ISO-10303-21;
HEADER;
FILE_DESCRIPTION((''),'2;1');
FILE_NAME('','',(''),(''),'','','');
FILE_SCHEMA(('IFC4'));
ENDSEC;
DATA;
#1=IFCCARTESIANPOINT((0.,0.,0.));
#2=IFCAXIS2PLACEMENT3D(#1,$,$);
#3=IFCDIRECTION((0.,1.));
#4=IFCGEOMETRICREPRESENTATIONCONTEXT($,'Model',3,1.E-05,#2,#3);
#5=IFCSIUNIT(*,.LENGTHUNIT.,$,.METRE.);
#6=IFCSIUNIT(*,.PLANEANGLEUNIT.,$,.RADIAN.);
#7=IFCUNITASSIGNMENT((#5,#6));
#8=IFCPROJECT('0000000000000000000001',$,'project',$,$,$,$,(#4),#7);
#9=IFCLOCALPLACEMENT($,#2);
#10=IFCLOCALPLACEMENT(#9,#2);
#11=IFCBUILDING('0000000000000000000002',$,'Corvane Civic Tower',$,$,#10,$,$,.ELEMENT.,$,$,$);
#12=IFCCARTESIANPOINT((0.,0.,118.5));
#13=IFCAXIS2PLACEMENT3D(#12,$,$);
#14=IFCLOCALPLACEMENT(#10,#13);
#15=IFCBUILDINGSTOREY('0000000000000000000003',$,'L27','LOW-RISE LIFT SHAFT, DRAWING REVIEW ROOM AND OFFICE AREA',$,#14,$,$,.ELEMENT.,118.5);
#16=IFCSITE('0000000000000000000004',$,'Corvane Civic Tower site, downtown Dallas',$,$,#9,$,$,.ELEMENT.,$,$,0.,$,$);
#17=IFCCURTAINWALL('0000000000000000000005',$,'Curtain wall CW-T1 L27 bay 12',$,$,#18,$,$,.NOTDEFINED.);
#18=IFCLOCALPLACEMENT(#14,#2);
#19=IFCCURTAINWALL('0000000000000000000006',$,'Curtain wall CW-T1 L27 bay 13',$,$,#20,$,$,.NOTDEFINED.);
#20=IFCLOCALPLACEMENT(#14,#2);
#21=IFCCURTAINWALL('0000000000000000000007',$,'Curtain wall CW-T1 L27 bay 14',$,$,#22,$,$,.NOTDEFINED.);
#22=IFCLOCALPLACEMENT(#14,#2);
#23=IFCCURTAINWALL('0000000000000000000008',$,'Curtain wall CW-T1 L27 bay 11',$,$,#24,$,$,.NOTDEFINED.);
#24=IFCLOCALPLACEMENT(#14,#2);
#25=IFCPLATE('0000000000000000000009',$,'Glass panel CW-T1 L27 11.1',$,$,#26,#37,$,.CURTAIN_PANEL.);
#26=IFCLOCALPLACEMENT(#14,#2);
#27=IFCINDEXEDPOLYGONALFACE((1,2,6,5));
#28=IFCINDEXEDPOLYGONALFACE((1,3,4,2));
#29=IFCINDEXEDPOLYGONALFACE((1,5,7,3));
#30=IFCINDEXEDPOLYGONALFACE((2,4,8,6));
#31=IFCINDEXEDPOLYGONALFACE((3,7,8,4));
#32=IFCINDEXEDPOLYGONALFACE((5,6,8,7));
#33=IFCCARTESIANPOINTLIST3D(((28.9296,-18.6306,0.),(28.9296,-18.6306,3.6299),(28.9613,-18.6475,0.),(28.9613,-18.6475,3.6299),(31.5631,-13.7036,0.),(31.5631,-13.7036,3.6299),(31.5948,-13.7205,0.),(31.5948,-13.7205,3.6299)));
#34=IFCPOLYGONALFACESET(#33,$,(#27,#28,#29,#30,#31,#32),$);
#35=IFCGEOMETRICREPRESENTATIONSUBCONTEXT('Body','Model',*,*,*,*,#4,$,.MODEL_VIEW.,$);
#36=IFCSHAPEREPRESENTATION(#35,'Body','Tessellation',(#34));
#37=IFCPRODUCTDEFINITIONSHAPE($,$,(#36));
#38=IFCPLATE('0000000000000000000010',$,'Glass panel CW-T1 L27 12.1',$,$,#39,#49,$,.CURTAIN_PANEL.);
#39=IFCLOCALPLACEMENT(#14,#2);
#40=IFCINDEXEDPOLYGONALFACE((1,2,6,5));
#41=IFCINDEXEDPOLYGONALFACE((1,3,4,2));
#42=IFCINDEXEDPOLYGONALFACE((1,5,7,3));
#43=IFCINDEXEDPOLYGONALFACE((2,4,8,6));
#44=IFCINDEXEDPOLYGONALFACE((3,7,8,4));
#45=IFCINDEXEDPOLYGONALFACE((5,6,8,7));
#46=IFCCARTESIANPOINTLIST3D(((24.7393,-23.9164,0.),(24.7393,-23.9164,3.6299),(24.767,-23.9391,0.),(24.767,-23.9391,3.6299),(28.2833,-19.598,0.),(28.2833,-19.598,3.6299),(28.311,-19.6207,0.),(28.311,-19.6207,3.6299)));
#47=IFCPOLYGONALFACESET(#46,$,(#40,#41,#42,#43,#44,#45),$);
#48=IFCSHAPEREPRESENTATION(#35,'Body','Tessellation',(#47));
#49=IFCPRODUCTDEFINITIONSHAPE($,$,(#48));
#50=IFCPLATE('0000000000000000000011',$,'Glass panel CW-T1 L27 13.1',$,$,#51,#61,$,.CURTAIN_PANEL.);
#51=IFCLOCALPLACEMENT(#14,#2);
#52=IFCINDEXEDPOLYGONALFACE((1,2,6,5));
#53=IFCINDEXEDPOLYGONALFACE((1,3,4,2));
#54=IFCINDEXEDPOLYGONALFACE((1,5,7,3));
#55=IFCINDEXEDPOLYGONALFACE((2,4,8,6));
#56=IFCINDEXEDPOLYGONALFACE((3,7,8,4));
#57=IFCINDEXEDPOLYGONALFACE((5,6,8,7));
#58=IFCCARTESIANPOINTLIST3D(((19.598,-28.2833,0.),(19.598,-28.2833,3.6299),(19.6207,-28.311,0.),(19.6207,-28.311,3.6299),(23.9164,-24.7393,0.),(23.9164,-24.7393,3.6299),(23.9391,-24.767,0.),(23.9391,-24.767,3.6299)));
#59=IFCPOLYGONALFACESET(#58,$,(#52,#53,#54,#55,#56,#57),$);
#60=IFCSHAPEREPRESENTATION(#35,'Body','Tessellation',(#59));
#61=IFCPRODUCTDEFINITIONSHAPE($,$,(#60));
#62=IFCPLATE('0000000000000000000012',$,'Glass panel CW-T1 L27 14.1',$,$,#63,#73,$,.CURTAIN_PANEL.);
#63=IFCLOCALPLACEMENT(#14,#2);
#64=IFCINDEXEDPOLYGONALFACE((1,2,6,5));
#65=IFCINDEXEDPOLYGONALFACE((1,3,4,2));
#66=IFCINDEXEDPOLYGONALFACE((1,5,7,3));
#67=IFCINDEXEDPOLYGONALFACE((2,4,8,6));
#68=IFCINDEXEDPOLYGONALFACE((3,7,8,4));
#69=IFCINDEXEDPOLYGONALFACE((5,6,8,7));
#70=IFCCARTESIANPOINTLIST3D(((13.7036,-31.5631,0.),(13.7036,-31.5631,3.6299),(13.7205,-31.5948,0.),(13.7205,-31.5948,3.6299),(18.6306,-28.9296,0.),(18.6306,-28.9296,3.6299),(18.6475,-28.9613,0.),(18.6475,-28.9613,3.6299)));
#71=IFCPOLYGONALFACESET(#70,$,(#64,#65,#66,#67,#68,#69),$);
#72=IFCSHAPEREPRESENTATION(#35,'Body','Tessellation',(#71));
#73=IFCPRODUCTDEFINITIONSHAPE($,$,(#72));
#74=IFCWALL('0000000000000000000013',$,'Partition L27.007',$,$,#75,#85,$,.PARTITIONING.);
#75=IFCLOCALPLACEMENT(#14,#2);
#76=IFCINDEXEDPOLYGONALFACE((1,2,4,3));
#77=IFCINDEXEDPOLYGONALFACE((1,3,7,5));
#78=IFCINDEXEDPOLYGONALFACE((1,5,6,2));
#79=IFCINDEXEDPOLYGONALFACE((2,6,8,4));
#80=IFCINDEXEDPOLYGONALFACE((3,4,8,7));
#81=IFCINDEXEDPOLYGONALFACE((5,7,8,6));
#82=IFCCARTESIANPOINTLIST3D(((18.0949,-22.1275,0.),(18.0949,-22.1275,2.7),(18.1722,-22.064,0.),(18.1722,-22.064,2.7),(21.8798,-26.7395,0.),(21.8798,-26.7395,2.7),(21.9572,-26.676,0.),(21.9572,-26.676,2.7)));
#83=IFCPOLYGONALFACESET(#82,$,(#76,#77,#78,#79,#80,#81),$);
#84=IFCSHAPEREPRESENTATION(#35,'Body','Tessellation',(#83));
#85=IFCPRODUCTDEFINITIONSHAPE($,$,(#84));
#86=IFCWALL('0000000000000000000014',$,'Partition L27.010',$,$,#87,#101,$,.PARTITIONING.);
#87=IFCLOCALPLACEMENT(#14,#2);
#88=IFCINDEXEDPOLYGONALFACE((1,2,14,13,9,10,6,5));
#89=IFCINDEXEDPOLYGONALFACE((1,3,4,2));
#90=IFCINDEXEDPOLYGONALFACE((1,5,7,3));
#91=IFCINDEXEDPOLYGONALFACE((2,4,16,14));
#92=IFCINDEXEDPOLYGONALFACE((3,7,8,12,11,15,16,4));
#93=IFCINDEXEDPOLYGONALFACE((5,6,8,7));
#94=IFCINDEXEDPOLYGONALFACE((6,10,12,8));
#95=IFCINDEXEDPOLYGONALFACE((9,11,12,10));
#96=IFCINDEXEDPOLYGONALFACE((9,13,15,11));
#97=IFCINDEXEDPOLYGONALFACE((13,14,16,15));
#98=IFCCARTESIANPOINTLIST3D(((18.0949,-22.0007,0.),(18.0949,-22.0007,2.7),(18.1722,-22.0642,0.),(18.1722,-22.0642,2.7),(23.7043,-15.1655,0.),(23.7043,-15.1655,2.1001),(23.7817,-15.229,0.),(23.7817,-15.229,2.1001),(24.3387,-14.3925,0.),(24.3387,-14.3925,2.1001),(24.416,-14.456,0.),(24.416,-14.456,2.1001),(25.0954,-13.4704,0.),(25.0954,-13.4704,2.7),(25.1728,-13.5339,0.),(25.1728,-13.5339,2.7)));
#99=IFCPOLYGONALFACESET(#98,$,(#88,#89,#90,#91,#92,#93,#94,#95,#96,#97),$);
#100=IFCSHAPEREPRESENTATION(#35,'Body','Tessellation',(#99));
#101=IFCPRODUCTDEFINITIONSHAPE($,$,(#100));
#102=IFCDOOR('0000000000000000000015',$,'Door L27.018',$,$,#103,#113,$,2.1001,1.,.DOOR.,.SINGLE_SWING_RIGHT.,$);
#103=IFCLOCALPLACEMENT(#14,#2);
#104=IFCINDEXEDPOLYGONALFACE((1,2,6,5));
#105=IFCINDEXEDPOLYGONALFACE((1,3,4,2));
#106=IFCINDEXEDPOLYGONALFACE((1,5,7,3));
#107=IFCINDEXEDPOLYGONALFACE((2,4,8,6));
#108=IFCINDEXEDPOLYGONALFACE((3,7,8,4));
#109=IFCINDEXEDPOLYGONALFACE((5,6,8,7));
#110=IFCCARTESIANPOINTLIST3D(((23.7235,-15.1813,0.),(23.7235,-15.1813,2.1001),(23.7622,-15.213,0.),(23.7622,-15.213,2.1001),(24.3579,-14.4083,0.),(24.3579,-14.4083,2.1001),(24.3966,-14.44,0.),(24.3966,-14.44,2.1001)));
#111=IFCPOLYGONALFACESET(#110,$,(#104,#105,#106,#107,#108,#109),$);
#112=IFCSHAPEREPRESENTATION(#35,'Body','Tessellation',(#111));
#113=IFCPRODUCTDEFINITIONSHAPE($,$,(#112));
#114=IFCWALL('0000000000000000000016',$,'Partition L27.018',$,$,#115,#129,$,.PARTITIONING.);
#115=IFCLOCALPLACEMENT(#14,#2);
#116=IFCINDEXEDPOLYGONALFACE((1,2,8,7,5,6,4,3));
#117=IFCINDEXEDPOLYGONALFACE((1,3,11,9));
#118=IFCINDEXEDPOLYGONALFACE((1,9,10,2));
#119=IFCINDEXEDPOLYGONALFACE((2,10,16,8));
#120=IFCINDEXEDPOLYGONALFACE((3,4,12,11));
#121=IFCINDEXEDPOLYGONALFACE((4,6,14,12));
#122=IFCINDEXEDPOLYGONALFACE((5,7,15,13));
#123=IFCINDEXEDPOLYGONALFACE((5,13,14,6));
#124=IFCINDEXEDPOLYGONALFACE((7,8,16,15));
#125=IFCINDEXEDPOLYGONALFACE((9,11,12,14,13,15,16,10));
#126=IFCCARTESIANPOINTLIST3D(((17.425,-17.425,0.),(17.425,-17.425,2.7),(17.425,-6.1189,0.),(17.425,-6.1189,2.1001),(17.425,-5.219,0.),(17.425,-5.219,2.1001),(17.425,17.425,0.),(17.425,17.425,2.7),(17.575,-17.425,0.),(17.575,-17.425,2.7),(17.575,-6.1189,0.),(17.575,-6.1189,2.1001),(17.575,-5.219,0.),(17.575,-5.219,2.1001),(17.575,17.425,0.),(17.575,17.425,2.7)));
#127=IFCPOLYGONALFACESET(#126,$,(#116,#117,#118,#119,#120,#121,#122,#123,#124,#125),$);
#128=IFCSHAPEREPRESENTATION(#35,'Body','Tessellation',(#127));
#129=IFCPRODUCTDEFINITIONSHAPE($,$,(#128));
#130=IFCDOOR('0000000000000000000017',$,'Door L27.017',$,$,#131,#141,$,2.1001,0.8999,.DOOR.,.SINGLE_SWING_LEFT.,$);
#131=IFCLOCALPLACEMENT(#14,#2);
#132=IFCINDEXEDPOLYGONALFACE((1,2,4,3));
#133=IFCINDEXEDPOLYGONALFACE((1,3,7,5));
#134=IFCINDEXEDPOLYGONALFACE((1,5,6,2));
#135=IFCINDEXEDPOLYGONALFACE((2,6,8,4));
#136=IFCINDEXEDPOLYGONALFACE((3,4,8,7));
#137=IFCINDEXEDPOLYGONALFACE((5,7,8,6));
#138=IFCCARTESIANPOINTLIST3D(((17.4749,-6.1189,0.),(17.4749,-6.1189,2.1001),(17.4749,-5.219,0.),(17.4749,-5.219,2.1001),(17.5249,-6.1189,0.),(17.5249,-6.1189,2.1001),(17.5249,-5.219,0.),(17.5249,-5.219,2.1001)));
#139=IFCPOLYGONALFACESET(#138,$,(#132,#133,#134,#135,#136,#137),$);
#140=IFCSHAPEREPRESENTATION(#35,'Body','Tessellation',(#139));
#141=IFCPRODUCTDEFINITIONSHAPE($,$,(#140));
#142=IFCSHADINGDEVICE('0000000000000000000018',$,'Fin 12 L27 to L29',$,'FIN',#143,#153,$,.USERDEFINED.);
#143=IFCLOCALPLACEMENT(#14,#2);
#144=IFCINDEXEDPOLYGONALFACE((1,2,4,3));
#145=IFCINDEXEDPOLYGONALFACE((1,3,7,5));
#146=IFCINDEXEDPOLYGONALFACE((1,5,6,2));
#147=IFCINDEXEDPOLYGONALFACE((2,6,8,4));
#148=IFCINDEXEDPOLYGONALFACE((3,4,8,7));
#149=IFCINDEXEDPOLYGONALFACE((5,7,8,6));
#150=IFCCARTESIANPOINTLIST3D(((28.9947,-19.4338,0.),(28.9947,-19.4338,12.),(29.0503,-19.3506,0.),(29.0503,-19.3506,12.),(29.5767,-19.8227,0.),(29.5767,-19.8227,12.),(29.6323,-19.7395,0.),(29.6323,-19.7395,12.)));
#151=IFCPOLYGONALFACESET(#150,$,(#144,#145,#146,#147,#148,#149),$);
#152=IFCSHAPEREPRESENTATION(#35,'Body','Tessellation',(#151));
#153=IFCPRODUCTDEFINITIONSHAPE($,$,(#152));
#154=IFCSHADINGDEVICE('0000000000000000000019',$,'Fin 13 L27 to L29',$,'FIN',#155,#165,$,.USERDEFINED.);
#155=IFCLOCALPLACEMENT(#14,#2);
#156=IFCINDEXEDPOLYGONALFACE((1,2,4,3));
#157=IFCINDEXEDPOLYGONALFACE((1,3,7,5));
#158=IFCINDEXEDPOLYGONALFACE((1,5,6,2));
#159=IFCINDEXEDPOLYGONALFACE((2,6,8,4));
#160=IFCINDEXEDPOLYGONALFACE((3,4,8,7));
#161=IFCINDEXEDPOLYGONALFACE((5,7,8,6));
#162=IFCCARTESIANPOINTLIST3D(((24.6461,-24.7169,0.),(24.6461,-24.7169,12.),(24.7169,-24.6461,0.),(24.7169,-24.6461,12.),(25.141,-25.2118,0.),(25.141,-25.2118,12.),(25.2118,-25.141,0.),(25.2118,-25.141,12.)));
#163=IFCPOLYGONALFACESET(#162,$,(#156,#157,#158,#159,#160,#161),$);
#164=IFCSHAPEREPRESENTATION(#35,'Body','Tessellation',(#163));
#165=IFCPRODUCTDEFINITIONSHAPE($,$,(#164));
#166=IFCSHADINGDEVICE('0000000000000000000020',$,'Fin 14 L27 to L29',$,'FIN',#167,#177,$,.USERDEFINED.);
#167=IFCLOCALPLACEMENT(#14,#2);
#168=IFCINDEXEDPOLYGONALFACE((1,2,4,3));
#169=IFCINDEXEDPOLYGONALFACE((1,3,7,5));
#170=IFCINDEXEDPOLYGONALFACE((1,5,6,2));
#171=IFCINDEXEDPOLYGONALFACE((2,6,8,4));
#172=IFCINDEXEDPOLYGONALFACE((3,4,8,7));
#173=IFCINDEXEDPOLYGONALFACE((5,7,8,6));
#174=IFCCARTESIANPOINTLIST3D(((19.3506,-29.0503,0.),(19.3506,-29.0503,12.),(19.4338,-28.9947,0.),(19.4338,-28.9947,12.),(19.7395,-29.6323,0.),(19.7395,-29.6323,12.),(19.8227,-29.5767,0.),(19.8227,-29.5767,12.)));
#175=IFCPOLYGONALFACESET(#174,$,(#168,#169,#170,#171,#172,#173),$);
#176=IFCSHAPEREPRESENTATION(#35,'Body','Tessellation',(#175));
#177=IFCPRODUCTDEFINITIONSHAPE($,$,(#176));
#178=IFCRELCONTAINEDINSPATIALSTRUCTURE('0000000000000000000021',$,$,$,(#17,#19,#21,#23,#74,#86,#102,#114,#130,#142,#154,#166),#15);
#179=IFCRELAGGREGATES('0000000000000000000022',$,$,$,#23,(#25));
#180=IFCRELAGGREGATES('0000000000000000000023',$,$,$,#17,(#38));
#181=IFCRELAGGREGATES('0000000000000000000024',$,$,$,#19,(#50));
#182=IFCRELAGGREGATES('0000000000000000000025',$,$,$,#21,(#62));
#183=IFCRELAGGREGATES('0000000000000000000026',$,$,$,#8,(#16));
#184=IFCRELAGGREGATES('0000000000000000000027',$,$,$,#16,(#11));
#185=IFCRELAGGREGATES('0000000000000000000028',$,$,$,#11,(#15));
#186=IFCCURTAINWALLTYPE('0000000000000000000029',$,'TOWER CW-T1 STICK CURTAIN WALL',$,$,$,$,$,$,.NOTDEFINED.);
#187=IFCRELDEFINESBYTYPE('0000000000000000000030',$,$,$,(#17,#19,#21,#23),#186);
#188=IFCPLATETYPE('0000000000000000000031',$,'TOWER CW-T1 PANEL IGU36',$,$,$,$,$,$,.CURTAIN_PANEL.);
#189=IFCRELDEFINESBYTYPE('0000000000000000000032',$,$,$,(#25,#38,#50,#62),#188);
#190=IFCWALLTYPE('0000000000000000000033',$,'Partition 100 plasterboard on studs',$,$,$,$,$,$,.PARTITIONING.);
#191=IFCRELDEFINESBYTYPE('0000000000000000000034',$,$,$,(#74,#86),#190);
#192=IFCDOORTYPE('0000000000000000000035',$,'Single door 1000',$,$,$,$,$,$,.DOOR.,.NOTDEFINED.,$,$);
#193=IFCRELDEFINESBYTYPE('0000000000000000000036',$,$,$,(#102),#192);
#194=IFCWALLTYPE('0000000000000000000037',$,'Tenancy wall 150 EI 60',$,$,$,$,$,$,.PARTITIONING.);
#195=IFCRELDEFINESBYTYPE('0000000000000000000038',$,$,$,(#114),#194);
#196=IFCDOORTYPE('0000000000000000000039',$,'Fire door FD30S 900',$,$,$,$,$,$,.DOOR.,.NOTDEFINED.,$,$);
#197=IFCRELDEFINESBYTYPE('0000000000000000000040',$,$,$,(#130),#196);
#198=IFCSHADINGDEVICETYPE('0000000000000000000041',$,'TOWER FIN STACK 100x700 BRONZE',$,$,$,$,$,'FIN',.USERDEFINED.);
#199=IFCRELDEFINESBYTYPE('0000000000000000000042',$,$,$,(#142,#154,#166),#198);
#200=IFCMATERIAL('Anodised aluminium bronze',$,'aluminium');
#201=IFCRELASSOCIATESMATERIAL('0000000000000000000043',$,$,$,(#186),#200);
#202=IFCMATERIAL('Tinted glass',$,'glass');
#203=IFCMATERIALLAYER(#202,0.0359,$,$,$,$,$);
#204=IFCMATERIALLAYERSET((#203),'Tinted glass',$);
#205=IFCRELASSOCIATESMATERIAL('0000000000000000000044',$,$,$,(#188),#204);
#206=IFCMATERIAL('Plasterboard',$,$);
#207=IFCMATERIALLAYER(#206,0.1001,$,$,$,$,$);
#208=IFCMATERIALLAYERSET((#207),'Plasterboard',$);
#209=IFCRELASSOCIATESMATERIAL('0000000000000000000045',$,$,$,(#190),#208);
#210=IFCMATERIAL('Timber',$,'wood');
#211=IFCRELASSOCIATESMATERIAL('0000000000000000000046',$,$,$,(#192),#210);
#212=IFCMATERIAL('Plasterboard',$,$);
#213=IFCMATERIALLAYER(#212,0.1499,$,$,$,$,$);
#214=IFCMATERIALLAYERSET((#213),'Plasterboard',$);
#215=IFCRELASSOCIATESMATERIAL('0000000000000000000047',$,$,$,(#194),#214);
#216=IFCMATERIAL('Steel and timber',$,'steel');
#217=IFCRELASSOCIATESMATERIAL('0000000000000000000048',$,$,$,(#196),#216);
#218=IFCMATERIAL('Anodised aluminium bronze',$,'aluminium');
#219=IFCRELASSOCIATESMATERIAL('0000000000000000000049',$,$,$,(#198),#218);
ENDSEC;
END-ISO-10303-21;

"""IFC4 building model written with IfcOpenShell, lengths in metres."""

from ifc_helpers import new_model, si_unit, direction, frame, frame_2d, origin, origin_2d, place, context, subcontext, project, spatial, rectangle, extrude, material, layer, layer_set, material_profile, profile_set, type_object, element, fill, aggregate, save


model = new_model("IFC4")

# Units and contexts
model_context = context("Model", 3, precision=1e-05, world=origin(), true_north=direction((0.0, 1.0)))
body_context = subcontext(model_context, "Body", "Model", "MODEL_VIEW")
ifc_project = project(units=[si_unit("LENGTHUNIT", "METRE"), si_unit("PLANEANGLEUNIT", "RADIAN")], contexts=[model_context])

# Site, building, storey
site_placement = place(None, origin())
site = spatial("IfcSite", under=ifc_project, at=site_placement, Name="Corvane Civic Tower site, downtown Dallas", CompositionType="ELEMENT", RefElevation=0.0)
building_placement = place(site_placement, origin())
building = spatial("IfcBuilding", under=site, at=building_placement, Name="Corvane Civic Tower", CompositionType="ELEMENT")
storey_placement = place(building_placement, frame((0.0, 0.0, 118.5)))
storey = spatial("IfcBuildingStorey", under=building, at=storey_placement, Name="L27", Description="LOW-RISE LIFT SHAFT, DRAWING REVIEW ROOM AND OFFICE AREA", CompositionType="ELEMENT", Elevation=118.5)

# Curtain walls
ifc_material_1 = material(Name="Anodised aluminium bronze", Category="aluminium")
curtain_wall_type = type_object("IfcCurtainWallType", Name="TOWER CW-T1 STICK CURTAIN WALL", PredefinedType="NOTDEFINED", material=ifc_material_1)
curtain_wall_1_placement = place(storey_placement, origin())
curtain_wall_1 = element("IfcCurtainWall", 1, at=curtain_wall_1_placement, inside=storey, type_object=curtain_wall_type, Name="Curtain wall CW-T1 L27 bay 12", PredefinedType="NOTDEFINED")
curtain_wall_2_placement = place(storey_placement, origin())
curtain_wall_2 = element("IfcCurtainWall", 2, at=curtain_wall_2_placement, inside=storey, type_object=curtain_wall_type, Name="Curtain wall CW-T1 L27 bay 13", PredefinedType="NOTDEFINED")
curtain_wall_3_placement = place(storey_placement, origin())
curtain_wall_3 = element("IfcCurtainWall", 3, at=curtain_wall_3_placement, inside=storey, type_object=curtain_wall_type, Name="Curtain wall CW-T1 L27 bay 14", PredefinedType="NOTDEFINED")

# Curtain wall, plate
curtain_wall_4_placement = place(storey_placement, origin())
curtain_wall_4 = element("IfcCurtainWall", 4, at=curtain_wall_4_placement, inside=storey, type_object=curtain_wall_type, Name="Curtain wall CW-T1 L27 bay 11", PredefinedType="NOTDEFINED")
ifc_material_2 = material(Name="Tinted glass", Category="glass")
ifc_layer_1 = layer(ifc_material_2, 0.0359)
ifc_layer_set_1 = layer_set([ifc_layer_1], Name="Tinted glass")
plate_type = type_object("IfcPlateType", Name="TOWER CW-T1 PANEL IGU36", PredefinedType="CURTAIN_PANEL", material=ifc_layer_set_1)
plate_1_placement = place(storey_placement, frame((30.2622, -16.1755, 0.0), z_axis=(0.0, 0.0, 1.0), x_axis=(-0.471392, -0.881924, 0.0)))
plate_1 = element("IfcPlate", 5, at=plate_1_placement, type_object=plate_type, Name="Glass panel CW-T1 L27 11.1", PredefinedType="CURTAIN_PANEL", context=body_context, shape_type="SweptSolid", body=[
    extrude(rectangle(XDim=5.5867, YDim=0.0359, at=origin_2d()), origin(), (0.0, 0.0, 1.0), 3.6299),
])
aggregate(curtain_wall_4, [plate_1])

# Plates
plate_2_placement = place(storey_placement, frame((26.5251, -21.7686, 0.0), z_axis=(0.0, 0.0, 1.0), x_axis=(-0.63439, -0.773013, 0.0)))
plate_2 = element("IfcPlate", 6, at=plate_2_placement, type_object=plate_type, Name="Glass panel CW-T1 L27 12.1", PredefinedType="CURTAIN_PANEL", context=body_context, shape_type="SweptSolid", body=[
    extrude(rectangle(XDim=5.5864, YDim=0.0359, at=origin_2d()), origin(), (0.0, 0.0, 1.0), 3.6299),
])
aggregate(curtain_wall_1, [plate_2])
plate_3_placement = place(storey_placement, frame((21.7686, -26.5251, 0.0), z_axis=(0.0, 0.0, 1.0), x_axis=(-0.773013, -0.63439, 0.0)))
plate_3 = element("IfcPlate", 7, at=plate_3_placement, type_object=plate_type, Name="Glass panel CW-T1 L27 13.1", PredefinedType="CURTAIN_PANEL", context=body_context, shape_type="SweptSolid", body=[
    extrude(rectangle(XDim=5.5864, YDim=0.0359, at=origin_2d()), origin(), (0.0, 0.0, 1.0), 3.6299),
])
aggregate(curtain_wall_2, [plate_3])
plate_4_placement = place(storey_placement, frame((16.1755, -30.2622, 0.0), z_axis=(0.0, 0.0, 1.0), x_axis=(-0.881924, -0.471392, 0.0)))
plate_4 = element("IfcPlate", 8, at=plate_4_placement, type_object=plate_type, Name="Glass panel CW-T1 L27 14.1", PredefinedType="CURTAIN_PANEL", context=body_context, shape_type="SweptSolid", body=[
    extrude(rectangle(XDim=5.5867, YDim=0.0359, at=origin_2d()), origin(), (0.0, 0.0, 1.0), 3.6299),
])
aggregate(curtain_wall_3, [plate_4])

# Wall
ifc_material_3 = material(Name="Plasterboard")
ifc_layer_2 = layer(ifc_material_3, 0.1001)
ifc_layer_set_2 = layer_set([ifc_layer_2], Name="Plasterboard")
wall_type_1 = type_object("IfcWallType", Name="Partition 100 plasterboard on studs", PredefinedType="PARTITIONING", material=ifc_layer_set_2)
wall_1_placement = place(storey_placement, frame((18.1335, -22.0957, 0.0), z_axis=(0.0, 0.0, 1.0), x_axis=(0.634382, -0.773019, 0.0)))
element("IfcWall", 9, at=wall_1_placement, inside=storey, type_object=wall_type_1, Name="Partition L27.007", PredefinedType="PARTITIONING", context=body_context, shape_type="SweptSolid", body=[
    extrude(rectangle(XDim=5.9663, YDim=0.1001, at=frame_2d((2.9832, 0.0))), origin(), (0.0, 0.0, 1.0), 2.7),
])

# Walls, openings, doors
wall_2_placement = place(storey_placement, frame((18.1335, -22.0325, 0.0), z_axis=(0.0, 0.0, 1.0), x_axis=(0.634386, 0.773016, 0.0)))
wall_2 = element("IfcWall", 10, at=wall_2_placement, inside=storey, type_object=wall_type_1, Name="Partition L27.010", PredefinedType="PARTITIONING", context=body_context, shape_type="SweptSolid", body=[
    extrude(rectangle(XDim=11.0352, YDim=0.1001, at=frame_2d((5.5176, 0.0))), origin(), (0.0, 0.0, 1.0), 2.7),
])
opening_1_placement = place(wall_2_placement, frame((8.8423, 0.0, 0.0)))
opening_1 = element("IfcOpeningElement", 11, at=opening_1_placement, cuts=wall_2, PredefinedType="OPENING", context=body_context, shape_type="SweptSolid", body=[
    extrude(rectangle(XDim=1.0, YDim=2.1001, at=frame_2d((0.5, 1.05))), frame((0.0, 0.0601, 0.0), z_axis=(0.0, -1.0, 0.0), x_axis=(1.0, 0.0, 0.0)), (0.0, 0.0, 1.0), 0.1201),
])
ifc_material_4 = material(Name="Timber", Category="wood")
door_type_1 = type_object("IfcDoorType", Name="Single door 1000", OperationType="NOTDEFINED", PredefinedType="DOOR", material=ifc_material_4)
door_1_placement = place(opening_1_placement, frame((1.0, 0.0, 0.0), z_axis=(0.0, 0.0, 1.0), x_axis=(-1.0, 0.0, 0.0)))
door_1 = element("IfcDoor", 12, at=door_1_placement, inside=storey, type_object=door_type_1, Name="Door L27.018", OperationType="SINGLE_SWING_RIGHT", OverallHeight=2.1001, OverallWidth=1.0, PredefinedType="DOOR", context=body_context, shape_type="SweptSolid", body=[
    extrude(rectangle(XDim=1.0, YDim=2.1001, at=frame_2d((0.5, 1.05))), frame((0.0, 0.0249, 0.0), z_axis=(0.0, -1.0, 0.0), x_axis=(1.0, 0.0, 0.0)), (0.0, 0.0, 1.0), 0.05),
])
fill(opening_1, door_1)
ifc_material_5 = material(Name="Plasterboard")
ifc_layer_3 = layer(ifc_material_5, 0.1499)
ifc_layer_set_3 = layer_set([ifc_layer_3], Name="Plasterboard")
wall_type_2 = type_object("IfcWallType", Name="Tenancy wall 150 EI 60", PredefinedType="PARTITIONING", material=ifc_layer_set_3)
wall_3_placement = place(storey_placement, frame((17.5, -17.425, 0.0), z_axis=(0.0, 0.0, 1.0), x_axis=(0.0, 1.0, 0.0)))
wall_3 = element("IfcWall", 13, at=wall_3_placement, inside=storey, type_object=wall_type_2, Name="Partition L27.018", PredefinedType="PARTITIONING", context=body_context, shape_type="SweptSolid", body=[
    extrude(rectangle(XDim=34.8501, YDim=0.1499, at=frame_2d((17.425, 0.0))), origin(), (0.0, 0.0, 1.0), 2.7),
])
opening_2_placement = place(wall_3_placement, frame((11.3062, 0.0, 0.0)))
opening_2 = element("IfcOpeningElement", 14, at=opening_2_placement, cuts=wall_3, PredefinedType="OPENING", context=body_context, shape_type="SweptSolid", body=[
    extrude(rectangle(XDim=0.8999, YDim=2.1001, at=frame_2d((0.45, 1.05))), frame((0.0, 0.085, 0.0), z_axis=(0.0, -1.0, 0.0), x_axis=(1.0, 0.0, 0.0)), (0.0, 0.0, 1.0), 0.1699),
])
ifc_material_6 = material(Name="Steel and timber", Category="steel")
door_type_2 = type_object("IfcDoorType", Name="Fire door FD30S 900", OperationType="NOTDEFINED", PredefinedType="DOOR", material=ifc_material_6)
door_2_placement = place(opening_2_placement, frame((0.8999, 0.0, 0.0), z_axis=(0.0, 0.0, 1.0), x_axis=(-1.0, 0.0, 0.0)))
door_2 = element("IfcDoor", 15, at=door_2_placement, inside=storey, type_object=door_type_2, Name="Door L27.017", OperationType="SINGLE_SWING_LEFT", OverallHeight=2.1001, OverallWidth=0.8999, PredefinedType="DOOR", context=body_context, shape_type="SweptSolid", body=[
    extrude(rectangle(XDim=0.8999, YDim=2.1001, at=frame_2d((0.45, 1.05))), frame((0.0, 0.0249, 0.0), z_axis=(0.0, -1.0, 0.0), x_axis=(1.0, 0.0, 0.0)), (0.0, 0.0, 1.0), 0.05),
])
fill(opening_2, door_2)

# Shading devices
ifc_material_7 = material(Name="Anodised aluminium bronze", Category="aluminium")
ifc_material_profile_1 = material_profile(ifc_material_7, rectangle(XDim=0.1001, YDim=0.7, at=origin_2d()), Name="TOWER FIN STACK 100x700 BRONZE")
ifc_profile_set_1 = profile_set([ifc_material_profile_1], Name="Anodised aluminium bronze")
shading_device_type = type_object("IfcShadingDeviceType", Name="TOWER FIN STACK 100x700 BRONZE", ElementType="FIN", PredefinedType="USERDEFINED", material=ifc_profile_set_1)
for number, where, z_axis, x_axis, name in (
    (16, (29.3135, -19.5867, 0.0), (0.0, 0.0, 1.0), (-0.55557, -0.83147, 0.0), "Fin 12 L27 to L29"),
    (17, (24.929, -24.929, 0.0), (0.0, 0.0, 1.0), (-0.707107, -0.707107, 0.0), "Fin 13 L27 to L29"),
    (18, (19.5867, -29.3135, 0.0), (0.0, 0.0, 1.0), (-0.83147, -0.55557, 0.0), "Fin 14 L27 to L29"),
):
    element("IfcShadingDevice", number, at=place(storey_placement, frame(where, z_axis=z_axis, x_axis=x_axis)), inside=storey, type_object=shading_device_type, Name=name, ObjectType="FIN", PredefinedType="USERDEFINED", context=body_context, shape_type="SweptSolid", body=[
        extrude(rectangle(XDim=0.1001, YDim=0.7, at=origin_2d()), origin(), (0.0, 0.0, 1.0), 12.0),
    ])

save(model, "model.ifc")
